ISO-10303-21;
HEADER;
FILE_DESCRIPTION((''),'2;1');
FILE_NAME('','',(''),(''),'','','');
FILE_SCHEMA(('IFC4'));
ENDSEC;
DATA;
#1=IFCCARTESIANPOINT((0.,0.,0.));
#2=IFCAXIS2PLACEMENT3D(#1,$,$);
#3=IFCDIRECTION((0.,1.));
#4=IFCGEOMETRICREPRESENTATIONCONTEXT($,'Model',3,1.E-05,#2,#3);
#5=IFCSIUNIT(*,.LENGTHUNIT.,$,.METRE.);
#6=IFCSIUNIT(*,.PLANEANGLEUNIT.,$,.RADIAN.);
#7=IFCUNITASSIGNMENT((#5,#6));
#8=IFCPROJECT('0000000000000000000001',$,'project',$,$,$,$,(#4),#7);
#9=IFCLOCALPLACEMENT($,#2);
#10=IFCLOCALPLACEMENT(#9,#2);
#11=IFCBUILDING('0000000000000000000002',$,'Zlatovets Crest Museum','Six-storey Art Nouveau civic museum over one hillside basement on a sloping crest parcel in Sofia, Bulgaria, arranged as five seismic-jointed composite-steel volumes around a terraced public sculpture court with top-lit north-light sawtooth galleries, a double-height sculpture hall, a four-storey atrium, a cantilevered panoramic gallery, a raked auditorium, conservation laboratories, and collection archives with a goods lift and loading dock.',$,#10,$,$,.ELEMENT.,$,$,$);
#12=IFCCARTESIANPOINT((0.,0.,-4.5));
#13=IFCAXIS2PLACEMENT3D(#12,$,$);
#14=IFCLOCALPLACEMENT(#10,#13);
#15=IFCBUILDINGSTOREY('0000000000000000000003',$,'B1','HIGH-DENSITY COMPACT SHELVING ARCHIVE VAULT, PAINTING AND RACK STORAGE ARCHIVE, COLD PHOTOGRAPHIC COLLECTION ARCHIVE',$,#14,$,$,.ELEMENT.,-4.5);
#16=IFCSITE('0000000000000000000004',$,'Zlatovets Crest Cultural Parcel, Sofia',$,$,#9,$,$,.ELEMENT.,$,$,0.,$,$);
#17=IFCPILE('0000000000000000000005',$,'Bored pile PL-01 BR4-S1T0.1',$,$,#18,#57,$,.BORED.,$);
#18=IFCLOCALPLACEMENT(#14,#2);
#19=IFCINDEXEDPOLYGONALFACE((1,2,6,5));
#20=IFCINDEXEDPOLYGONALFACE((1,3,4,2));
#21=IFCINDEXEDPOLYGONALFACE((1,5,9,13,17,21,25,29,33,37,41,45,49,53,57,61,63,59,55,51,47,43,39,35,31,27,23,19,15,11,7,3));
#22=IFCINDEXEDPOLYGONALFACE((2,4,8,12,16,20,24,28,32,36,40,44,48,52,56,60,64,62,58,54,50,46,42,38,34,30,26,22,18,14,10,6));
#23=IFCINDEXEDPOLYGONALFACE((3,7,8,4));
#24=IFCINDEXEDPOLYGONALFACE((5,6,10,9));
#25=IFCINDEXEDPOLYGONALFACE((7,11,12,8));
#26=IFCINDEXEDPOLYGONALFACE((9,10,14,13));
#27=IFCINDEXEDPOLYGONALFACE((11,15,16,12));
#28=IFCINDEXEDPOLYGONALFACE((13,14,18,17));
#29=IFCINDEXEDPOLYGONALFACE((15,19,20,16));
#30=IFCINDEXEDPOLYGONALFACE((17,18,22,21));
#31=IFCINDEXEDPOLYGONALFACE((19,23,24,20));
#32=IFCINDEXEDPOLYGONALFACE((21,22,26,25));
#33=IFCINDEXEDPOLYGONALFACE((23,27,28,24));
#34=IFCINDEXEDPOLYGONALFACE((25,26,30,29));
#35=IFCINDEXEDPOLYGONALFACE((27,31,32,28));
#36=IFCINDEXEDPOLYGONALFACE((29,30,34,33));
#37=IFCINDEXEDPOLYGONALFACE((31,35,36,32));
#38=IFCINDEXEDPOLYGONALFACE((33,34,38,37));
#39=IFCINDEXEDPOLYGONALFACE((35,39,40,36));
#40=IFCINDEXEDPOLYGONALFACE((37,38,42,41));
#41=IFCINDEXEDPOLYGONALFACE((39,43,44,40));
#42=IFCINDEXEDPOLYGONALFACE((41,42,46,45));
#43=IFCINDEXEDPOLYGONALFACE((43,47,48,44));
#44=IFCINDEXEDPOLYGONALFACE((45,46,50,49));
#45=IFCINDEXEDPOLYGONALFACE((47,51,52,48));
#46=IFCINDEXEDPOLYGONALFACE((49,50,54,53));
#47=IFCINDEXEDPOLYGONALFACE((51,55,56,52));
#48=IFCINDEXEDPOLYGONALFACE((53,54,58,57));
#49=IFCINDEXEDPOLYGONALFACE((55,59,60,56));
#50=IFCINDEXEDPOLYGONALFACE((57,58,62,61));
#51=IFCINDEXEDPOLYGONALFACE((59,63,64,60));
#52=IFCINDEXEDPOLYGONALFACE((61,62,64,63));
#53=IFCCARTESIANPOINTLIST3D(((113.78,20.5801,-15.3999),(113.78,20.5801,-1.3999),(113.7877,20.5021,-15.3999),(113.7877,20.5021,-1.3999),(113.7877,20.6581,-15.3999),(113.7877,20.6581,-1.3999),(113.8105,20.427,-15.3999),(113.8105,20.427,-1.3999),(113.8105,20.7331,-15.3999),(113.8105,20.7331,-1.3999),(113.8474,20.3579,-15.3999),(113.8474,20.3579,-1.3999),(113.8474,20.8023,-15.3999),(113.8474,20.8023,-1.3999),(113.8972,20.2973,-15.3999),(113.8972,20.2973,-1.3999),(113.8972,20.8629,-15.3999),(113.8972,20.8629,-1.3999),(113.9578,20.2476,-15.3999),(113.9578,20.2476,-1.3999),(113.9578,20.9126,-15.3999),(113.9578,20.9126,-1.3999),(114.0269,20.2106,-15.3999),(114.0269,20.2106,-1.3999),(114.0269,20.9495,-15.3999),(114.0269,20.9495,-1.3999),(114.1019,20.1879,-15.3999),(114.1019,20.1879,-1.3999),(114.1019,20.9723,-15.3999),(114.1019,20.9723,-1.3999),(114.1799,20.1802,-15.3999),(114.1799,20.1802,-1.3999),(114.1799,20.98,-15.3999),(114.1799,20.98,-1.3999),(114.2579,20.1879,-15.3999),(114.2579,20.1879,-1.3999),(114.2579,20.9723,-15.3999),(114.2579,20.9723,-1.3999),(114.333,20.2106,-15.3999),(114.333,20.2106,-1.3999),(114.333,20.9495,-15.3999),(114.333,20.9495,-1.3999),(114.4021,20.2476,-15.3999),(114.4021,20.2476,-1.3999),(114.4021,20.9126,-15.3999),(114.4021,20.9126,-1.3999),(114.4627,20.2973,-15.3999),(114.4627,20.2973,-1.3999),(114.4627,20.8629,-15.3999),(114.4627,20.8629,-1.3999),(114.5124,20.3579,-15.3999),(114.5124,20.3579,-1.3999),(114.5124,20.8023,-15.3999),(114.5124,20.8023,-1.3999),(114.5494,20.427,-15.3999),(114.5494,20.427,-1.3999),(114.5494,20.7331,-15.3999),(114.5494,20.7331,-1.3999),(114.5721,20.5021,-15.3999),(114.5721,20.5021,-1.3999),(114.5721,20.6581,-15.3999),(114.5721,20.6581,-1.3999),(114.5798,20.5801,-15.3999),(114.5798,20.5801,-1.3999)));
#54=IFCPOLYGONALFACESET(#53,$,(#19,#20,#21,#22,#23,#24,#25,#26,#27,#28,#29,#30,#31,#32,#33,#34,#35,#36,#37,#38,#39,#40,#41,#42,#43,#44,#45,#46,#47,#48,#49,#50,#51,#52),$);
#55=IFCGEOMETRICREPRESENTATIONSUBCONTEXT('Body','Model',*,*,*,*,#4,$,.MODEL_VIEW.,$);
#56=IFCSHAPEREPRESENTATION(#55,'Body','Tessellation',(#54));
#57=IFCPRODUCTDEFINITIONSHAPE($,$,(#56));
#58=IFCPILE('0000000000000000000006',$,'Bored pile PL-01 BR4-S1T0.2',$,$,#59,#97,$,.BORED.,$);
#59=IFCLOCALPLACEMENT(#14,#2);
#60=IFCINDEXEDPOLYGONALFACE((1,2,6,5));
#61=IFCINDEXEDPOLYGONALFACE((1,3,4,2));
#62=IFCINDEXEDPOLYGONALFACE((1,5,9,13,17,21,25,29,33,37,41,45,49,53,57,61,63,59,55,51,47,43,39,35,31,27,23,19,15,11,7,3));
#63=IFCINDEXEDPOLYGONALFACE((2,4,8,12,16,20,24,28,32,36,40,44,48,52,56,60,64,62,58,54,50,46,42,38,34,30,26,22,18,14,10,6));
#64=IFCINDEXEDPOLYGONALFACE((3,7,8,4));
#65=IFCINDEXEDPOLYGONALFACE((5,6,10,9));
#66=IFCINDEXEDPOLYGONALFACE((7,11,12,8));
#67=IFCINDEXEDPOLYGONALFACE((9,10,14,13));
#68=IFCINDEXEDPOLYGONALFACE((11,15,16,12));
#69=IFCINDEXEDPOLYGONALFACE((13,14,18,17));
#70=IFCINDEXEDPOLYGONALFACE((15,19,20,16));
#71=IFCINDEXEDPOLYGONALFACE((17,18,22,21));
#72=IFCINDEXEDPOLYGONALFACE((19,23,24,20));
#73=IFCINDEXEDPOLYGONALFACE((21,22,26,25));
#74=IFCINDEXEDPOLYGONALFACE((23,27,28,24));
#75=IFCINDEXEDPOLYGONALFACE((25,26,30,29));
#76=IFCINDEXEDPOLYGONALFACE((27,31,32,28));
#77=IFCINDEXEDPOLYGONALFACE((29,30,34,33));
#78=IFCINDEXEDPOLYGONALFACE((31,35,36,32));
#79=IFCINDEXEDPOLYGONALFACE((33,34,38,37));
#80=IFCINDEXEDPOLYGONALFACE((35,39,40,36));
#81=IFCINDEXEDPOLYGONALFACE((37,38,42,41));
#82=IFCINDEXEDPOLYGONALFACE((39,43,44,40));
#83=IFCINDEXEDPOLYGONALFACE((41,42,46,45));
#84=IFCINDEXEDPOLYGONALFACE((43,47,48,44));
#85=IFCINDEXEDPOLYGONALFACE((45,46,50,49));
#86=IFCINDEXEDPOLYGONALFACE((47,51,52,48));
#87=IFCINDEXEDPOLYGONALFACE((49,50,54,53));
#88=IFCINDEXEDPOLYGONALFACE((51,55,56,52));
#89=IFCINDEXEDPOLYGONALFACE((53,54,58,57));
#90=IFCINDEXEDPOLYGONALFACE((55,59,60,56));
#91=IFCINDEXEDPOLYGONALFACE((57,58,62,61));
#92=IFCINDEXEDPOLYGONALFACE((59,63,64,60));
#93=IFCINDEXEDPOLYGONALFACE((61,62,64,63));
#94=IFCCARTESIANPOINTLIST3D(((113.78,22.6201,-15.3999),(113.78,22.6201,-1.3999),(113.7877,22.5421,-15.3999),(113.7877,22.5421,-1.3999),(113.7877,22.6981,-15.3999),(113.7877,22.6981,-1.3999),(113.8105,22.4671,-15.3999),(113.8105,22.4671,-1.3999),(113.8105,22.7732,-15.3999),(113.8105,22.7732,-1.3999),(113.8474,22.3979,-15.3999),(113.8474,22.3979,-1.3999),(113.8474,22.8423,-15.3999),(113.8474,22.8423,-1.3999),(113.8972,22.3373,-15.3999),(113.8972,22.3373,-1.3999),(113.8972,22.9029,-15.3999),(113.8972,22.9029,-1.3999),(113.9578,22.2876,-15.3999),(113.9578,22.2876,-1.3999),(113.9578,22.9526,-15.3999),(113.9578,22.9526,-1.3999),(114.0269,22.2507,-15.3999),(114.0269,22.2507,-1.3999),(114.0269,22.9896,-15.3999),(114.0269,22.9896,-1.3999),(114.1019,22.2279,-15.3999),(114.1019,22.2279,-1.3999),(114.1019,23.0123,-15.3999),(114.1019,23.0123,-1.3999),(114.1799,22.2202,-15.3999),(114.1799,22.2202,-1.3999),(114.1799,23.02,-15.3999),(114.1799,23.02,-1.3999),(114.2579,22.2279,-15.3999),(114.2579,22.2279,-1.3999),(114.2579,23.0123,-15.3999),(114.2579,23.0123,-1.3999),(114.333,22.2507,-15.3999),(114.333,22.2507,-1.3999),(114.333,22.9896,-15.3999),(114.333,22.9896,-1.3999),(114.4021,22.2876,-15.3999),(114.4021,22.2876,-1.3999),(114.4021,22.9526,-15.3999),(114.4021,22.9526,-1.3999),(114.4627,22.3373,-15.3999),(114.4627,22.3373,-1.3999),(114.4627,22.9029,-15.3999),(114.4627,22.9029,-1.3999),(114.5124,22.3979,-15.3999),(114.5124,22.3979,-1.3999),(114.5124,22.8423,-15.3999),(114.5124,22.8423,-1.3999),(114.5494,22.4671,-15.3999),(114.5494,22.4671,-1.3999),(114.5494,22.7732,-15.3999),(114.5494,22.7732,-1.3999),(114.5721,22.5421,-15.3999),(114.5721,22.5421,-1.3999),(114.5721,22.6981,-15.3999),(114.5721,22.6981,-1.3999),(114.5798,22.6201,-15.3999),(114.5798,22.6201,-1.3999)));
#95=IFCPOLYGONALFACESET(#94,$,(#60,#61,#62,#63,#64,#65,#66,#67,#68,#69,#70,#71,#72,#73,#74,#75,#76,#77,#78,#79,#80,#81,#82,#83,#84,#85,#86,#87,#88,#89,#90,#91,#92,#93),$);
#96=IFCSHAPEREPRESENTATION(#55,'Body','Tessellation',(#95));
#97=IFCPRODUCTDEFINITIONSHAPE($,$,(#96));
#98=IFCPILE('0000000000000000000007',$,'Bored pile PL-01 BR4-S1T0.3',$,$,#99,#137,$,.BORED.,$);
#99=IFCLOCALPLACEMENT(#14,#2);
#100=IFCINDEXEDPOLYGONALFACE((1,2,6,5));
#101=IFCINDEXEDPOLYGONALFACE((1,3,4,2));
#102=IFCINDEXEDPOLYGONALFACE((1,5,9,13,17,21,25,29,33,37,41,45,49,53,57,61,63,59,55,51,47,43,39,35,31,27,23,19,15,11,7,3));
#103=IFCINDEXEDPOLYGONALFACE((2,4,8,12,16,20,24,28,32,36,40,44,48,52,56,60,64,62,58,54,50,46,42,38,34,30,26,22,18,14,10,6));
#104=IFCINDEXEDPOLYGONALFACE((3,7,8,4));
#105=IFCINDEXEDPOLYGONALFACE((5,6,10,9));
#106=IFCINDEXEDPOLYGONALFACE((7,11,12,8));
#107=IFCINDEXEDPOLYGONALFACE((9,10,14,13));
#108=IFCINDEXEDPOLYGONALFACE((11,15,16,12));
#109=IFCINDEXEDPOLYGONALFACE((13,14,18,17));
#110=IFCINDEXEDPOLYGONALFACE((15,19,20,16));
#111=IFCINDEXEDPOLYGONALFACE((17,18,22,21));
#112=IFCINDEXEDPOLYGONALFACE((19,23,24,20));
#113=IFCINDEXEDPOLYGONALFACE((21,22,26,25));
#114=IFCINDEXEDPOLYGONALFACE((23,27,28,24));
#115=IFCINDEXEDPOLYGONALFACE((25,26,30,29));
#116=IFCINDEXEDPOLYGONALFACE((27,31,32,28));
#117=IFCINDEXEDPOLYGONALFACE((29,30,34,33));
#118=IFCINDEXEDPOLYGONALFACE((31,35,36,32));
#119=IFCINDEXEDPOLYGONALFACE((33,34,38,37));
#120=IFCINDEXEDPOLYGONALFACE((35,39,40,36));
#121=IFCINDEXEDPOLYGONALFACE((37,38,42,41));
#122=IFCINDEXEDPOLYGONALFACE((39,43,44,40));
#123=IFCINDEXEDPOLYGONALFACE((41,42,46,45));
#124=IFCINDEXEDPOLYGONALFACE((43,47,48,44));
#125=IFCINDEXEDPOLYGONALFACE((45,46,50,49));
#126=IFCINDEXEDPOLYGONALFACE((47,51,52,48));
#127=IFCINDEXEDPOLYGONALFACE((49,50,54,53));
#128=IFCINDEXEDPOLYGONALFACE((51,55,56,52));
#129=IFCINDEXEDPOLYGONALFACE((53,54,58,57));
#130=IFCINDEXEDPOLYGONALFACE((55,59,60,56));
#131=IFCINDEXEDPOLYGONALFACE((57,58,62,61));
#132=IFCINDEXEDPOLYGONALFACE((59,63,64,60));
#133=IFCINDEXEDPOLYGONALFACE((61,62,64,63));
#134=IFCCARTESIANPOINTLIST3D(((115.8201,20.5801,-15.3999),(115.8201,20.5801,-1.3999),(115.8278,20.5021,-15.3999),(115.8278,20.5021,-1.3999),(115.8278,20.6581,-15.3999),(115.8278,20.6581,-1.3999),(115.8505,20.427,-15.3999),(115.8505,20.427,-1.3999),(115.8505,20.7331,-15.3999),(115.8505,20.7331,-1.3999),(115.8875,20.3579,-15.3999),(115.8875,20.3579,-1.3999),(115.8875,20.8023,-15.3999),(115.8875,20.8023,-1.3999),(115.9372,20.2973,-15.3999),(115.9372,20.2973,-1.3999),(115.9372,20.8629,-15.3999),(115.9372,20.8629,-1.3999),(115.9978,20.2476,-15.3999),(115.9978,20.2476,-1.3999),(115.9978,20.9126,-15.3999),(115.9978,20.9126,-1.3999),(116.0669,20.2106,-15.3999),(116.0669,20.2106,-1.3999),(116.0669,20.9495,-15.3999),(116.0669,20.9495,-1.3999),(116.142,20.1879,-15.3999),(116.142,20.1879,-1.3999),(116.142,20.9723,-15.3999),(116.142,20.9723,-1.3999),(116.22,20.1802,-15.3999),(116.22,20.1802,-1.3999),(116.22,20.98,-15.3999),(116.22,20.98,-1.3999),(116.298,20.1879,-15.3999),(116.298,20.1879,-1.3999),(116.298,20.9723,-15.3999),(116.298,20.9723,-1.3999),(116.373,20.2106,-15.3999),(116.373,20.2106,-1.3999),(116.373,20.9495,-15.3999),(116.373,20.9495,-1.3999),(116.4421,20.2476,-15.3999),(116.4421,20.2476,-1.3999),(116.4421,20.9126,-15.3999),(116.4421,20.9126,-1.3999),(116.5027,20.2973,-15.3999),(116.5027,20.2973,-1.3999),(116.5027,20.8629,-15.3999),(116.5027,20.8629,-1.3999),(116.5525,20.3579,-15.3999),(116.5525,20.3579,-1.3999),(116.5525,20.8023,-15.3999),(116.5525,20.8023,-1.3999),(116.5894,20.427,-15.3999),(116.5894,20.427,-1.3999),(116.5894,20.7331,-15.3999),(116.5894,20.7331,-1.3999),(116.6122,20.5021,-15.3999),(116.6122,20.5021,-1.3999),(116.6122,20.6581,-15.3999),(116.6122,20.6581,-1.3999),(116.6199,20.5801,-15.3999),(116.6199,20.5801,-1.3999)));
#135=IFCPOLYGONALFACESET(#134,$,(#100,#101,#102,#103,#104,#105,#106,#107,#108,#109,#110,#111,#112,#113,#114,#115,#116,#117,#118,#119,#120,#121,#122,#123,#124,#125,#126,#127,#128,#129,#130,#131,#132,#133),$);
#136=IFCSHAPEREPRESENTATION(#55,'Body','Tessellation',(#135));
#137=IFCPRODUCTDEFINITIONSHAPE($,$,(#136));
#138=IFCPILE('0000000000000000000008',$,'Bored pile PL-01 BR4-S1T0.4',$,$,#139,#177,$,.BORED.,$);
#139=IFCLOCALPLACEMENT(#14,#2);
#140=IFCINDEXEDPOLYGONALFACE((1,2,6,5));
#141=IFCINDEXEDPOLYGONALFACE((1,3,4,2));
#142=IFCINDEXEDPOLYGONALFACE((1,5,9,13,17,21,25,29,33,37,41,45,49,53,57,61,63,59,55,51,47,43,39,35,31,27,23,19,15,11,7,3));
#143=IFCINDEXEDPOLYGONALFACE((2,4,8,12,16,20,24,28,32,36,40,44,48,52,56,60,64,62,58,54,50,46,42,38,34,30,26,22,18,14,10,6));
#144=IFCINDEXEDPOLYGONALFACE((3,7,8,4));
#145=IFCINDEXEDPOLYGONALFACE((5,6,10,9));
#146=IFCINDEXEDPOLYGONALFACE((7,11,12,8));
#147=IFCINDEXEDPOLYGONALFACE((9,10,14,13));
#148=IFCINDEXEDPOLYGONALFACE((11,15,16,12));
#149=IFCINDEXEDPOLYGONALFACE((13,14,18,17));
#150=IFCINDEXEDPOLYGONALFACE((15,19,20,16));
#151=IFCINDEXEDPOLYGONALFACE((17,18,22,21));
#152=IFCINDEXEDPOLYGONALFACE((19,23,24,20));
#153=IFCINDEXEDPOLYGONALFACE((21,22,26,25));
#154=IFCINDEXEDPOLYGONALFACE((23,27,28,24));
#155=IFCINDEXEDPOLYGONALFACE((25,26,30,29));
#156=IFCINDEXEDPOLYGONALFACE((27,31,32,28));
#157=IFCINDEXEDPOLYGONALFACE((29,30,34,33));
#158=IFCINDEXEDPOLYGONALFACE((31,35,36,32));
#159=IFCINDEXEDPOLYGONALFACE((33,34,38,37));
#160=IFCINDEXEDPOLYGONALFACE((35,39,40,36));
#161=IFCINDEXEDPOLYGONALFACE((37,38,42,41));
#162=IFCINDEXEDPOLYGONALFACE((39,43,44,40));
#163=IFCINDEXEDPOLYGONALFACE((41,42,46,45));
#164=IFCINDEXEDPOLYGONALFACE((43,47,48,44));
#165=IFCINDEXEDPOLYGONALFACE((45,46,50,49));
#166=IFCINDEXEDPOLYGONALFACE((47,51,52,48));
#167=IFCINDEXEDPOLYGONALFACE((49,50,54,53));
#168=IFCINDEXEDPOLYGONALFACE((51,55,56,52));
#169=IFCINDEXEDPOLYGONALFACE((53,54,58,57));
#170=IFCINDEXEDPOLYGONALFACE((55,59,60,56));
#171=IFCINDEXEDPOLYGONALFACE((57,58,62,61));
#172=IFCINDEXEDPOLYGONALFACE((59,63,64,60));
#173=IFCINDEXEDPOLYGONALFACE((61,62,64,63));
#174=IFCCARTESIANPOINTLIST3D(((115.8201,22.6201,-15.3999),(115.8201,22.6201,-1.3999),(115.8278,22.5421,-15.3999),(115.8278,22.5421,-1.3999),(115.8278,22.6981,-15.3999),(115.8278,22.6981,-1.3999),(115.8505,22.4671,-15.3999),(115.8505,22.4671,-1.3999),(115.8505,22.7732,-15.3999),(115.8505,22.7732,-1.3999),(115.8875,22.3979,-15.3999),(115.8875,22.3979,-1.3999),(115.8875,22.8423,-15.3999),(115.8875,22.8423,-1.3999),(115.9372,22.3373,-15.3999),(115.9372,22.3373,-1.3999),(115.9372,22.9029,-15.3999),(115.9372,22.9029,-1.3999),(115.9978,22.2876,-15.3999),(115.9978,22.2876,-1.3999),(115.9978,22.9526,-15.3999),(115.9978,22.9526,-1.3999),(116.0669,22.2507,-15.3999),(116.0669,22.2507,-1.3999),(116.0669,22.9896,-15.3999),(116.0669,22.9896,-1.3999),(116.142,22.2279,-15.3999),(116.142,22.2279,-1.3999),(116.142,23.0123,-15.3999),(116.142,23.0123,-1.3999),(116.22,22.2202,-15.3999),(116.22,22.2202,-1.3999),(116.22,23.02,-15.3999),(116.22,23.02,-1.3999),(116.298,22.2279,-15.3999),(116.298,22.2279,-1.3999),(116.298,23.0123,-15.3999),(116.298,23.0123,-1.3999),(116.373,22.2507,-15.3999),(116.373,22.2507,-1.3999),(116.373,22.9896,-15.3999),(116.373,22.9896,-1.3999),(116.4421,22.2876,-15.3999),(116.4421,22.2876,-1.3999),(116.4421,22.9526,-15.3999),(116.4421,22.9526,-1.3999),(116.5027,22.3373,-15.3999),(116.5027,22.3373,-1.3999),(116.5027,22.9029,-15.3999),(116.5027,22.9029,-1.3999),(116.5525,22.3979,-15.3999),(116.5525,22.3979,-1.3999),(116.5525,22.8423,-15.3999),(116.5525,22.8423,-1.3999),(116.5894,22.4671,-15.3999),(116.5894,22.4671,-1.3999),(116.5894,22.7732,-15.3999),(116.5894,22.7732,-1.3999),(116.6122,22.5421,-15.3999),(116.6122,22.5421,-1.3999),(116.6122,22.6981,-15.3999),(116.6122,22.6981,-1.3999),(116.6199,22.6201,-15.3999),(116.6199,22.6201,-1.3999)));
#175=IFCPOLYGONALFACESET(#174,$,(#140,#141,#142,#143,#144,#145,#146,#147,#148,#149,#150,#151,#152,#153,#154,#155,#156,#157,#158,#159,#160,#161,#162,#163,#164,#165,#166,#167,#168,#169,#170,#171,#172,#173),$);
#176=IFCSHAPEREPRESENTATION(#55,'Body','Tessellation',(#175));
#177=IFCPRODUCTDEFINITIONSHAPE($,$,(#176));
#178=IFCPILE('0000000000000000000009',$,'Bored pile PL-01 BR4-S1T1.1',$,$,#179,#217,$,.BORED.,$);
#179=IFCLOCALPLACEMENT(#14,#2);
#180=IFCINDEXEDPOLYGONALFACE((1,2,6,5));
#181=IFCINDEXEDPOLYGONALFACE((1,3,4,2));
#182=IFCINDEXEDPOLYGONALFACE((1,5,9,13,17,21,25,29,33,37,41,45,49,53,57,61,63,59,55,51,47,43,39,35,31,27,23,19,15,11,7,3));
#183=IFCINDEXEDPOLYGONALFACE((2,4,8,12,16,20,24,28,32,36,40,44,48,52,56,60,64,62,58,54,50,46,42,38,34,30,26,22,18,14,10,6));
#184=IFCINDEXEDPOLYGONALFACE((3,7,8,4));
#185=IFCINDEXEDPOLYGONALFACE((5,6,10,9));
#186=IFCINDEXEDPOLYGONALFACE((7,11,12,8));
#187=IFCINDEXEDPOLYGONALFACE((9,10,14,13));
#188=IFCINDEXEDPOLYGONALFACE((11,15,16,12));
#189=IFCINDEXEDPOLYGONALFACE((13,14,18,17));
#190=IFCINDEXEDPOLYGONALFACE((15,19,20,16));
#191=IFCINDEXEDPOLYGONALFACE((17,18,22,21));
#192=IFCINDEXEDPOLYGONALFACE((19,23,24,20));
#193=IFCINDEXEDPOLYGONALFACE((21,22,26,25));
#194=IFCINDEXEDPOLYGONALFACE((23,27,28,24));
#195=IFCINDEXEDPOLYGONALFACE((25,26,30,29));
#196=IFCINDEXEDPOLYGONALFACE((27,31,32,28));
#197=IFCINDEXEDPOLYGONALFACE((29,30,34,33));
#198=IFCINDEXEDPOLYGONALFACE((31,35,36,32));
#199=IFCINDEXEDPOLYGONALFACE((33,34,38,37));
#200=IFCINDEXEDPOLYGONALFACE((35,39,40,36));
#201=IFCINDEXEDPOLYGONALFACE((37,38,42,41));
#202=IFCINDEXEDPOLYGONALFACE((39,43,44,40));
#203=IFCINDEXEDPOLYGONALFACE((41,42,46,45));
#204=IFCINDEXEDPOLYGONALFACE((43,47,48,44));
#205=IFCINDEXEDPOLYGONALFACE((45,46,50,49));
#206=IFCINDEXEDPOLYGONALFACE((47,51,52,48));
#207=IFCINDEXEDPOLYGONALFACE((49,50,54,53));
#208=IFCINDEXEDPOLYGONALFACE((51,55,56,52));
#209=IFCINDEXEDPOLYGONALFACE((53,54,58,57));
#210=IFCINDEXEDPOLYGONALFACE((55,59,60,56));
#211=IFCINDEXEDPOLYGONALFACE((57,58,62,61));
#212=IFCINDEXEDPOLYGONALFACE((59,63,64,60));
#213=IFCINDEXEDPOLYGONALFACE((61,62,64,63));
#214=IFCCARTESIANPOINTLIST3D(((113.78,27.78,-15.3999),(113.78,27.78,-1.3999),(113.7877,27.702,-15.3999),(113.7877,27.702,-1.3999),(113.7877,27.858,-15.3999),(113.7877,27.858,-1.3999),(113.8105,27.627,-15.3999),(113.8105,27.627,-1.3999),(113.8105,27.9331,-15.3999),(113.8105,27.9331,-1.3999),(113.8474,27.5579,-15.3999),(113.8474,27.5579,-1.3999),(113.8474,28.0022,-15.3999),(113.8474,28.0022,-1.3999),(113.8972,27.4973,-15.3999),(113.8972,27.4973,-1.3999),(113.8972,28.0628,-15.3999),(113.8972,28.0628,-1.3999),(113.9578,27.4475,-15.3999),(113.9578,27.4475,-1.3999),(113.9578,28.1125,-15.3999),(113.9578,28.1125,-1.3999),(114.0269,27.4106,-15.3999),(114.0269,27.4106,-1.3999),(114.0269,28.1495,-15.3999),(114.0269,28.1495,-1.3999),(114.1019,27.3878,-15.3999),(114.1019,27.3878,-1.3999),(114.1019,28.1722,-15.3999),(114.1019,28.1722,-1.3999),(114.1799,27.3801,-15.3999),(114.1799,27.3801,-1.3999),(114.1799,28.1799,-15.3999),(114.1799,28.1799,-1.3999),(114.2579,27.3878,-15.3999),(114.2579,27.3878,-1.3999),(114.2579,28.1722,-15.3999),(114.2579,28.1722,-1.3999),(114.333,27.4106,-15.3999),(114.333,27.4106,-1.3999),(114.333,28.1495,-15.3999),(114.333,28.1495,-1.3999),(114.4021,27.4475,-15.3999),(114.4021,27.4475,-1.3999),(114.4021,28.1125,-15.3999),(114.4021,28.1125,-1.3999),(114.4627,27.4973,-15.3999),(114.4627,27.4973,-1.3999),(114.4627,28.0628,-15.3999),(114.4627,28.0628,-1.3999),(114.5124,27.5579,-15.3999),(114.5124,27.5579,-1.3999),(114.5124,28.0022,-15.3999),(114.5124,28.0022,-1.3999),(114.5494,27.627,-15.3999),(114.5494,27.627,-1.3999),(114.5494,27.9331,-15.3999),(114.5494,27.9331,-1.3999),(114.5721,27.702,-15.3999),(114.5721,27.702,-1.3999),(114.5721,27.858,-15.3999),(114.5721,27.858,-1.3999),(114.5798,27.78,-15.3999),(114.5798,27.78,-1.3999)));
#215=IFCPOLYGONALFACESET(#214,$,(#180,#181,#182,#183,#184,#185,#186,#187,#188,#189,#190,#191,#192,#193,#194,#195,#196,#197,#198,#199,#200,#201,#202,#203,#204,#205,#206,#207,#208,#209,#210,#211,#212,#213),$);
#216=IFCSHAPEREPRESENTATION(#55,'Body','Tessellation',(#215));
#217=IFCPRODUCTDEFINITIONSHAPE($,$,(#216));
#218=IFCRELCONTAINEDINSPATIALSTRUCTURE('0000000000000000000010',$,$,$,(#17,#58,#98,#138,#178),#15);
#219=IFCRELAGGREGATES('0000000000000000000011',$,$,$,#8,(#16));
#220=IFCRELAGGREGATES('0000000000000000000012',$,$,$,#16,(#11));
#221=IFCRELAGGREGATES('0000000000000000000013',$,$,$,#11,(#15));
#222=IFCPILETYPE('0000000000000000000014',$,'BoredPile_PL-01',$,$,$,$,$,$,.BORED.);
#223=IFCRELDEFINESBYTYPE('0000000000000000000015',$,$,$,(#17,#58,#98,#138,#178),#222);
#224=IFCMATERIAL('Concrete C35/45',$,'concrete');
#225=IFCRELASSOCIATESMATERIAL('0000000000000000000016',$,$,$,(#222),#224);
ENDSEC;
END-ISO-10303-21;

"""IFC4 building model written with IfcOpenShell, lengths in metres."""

from ifc_helpers import new_model, si_unit, direction, frame, origin, origin_2d, place, context, subcontext, project, spatial, circle, extrude, material, material_profile, profile_set, type_object, element, save


model = new_model("IFC4")

# Units and contexts
model_context = context("Model", 3, precision=1e-05, world=origin(), true_north=direction((0.0, 1.0)))
body_context = subcontext(model_context, "Body", "Model", "MODEL_VIEW")
ifc_project = project(units=[si_unit("LENGTHUNIT", "METRE"), si_unit("PLANEANGLEUNIT", "RADIAN")], contexts=[model_context])

# Site, building, storey
site_placement = place(None, origin())
site = spatial("IfcSite", under=ifc_project, at=site_placement, Name="Zlatovets Crest Cultural Parcel, Sofia", CompositionType="ELEMENT", RefElevation=0.0)
building_placement = place(site_placement, origin())
building = spatial("IfcBuilding", under=site, at=building_placement, Name="Zlatovets Crest Museum", Description="Six-storey Art Nouveau civic museum over one hillside basement on a sloping crest parcel in Sofia, Bulgaria, arranged as five seismic-jointed composite-steel volumes around a terraced public sculpture court with top-lit north-light sawtooth galleries, a double-height sculpture hall, a four-storey atrium, a cantilevered panoramic gallery, a raked auditorium, conservation laboratories, and collection archives with a goods lift and loading dock.", CompositionType="ELEMENT")
storey_placement = place(building_placement, frame((0.0, 0.0, -4.5)))
storey = spatial("IfcBuildingStorey", under=building, at=storey_placement, Name="B1", Description="HIGH-DENSITY COMPACT SHELVING ARCHIVE VAULT, PAINTING AND RACK STORAGE ARCHIVE, COLD PHOTOGRAPHIC COLLECTION ARCHIVE", CompositionType="ELEMENT", Elevation=-4.5)

# Piles
ifc_material_1 = material(Name="Concrete C35/45", Category="concrete")
ifc_material_profile_1 = material_profile(ifc_material_1, circle(Radius=0.3999, at=origin_2d()), Name="PILE D800")
ifc_profile_set_1 = profile_set([ifc_material_profile_1], Name="Concrete C35/45")
pile_type_1 = type_object("IfcPileType", Name="BoredPile_PL-01", PredefinedType="BORED", material=ifc_profile_set_1)
for number, where, z_axis, x_axis, name in (
    (1, (114.1799, 20.5801, -1.3999), (0.0, 0.0, -1.0), (1.0, 0.0, 0.0), "Bored pile PL-01 BR4-S1T0.1"),
    (2, (114.1799, 22.6201, -1.3999), (0.0, 0.0, -1.0), (1.0, 0.0, 0.0), "Bored pile PL-01 BR4-S1T0.2"),
    (3, (116.22, 20.5801, -1.3999), (0.0, 0.0, -1.0), (1.0, 0.0, 0.0), "Bored pile PL-01 BR4-S1T0.3"),
    (4, (116.22, 22.6201, -1.3999), (0.0, 0.0, -1.0), (1.0, 0.0, 0.0), "Bored pile PL-01 BR4-S1T0.4"),
    (5, (114.1799, 27.78, -1.3999), (0.0, 0.0, -1.0), (1.0, 0.0, 0.0), "Bored pile PL-01 BR4-S1T1.1"),
):
    element("IfcPile", number, at=place(storey_placement, frame(where, z_axis=z_axis, x_axis=x_axis)), inside=storey, type_object=pile_type_1, Name=name, PredefinedType="BORED", context=body_context, shape_type="SweptSolid", body=[
        extrude(circle(Radius=0.3999, at=origin_2d()), origin(), (0.0, 0.0, 1.0), 14.0),
    ])

save(model, "model.ifc")
